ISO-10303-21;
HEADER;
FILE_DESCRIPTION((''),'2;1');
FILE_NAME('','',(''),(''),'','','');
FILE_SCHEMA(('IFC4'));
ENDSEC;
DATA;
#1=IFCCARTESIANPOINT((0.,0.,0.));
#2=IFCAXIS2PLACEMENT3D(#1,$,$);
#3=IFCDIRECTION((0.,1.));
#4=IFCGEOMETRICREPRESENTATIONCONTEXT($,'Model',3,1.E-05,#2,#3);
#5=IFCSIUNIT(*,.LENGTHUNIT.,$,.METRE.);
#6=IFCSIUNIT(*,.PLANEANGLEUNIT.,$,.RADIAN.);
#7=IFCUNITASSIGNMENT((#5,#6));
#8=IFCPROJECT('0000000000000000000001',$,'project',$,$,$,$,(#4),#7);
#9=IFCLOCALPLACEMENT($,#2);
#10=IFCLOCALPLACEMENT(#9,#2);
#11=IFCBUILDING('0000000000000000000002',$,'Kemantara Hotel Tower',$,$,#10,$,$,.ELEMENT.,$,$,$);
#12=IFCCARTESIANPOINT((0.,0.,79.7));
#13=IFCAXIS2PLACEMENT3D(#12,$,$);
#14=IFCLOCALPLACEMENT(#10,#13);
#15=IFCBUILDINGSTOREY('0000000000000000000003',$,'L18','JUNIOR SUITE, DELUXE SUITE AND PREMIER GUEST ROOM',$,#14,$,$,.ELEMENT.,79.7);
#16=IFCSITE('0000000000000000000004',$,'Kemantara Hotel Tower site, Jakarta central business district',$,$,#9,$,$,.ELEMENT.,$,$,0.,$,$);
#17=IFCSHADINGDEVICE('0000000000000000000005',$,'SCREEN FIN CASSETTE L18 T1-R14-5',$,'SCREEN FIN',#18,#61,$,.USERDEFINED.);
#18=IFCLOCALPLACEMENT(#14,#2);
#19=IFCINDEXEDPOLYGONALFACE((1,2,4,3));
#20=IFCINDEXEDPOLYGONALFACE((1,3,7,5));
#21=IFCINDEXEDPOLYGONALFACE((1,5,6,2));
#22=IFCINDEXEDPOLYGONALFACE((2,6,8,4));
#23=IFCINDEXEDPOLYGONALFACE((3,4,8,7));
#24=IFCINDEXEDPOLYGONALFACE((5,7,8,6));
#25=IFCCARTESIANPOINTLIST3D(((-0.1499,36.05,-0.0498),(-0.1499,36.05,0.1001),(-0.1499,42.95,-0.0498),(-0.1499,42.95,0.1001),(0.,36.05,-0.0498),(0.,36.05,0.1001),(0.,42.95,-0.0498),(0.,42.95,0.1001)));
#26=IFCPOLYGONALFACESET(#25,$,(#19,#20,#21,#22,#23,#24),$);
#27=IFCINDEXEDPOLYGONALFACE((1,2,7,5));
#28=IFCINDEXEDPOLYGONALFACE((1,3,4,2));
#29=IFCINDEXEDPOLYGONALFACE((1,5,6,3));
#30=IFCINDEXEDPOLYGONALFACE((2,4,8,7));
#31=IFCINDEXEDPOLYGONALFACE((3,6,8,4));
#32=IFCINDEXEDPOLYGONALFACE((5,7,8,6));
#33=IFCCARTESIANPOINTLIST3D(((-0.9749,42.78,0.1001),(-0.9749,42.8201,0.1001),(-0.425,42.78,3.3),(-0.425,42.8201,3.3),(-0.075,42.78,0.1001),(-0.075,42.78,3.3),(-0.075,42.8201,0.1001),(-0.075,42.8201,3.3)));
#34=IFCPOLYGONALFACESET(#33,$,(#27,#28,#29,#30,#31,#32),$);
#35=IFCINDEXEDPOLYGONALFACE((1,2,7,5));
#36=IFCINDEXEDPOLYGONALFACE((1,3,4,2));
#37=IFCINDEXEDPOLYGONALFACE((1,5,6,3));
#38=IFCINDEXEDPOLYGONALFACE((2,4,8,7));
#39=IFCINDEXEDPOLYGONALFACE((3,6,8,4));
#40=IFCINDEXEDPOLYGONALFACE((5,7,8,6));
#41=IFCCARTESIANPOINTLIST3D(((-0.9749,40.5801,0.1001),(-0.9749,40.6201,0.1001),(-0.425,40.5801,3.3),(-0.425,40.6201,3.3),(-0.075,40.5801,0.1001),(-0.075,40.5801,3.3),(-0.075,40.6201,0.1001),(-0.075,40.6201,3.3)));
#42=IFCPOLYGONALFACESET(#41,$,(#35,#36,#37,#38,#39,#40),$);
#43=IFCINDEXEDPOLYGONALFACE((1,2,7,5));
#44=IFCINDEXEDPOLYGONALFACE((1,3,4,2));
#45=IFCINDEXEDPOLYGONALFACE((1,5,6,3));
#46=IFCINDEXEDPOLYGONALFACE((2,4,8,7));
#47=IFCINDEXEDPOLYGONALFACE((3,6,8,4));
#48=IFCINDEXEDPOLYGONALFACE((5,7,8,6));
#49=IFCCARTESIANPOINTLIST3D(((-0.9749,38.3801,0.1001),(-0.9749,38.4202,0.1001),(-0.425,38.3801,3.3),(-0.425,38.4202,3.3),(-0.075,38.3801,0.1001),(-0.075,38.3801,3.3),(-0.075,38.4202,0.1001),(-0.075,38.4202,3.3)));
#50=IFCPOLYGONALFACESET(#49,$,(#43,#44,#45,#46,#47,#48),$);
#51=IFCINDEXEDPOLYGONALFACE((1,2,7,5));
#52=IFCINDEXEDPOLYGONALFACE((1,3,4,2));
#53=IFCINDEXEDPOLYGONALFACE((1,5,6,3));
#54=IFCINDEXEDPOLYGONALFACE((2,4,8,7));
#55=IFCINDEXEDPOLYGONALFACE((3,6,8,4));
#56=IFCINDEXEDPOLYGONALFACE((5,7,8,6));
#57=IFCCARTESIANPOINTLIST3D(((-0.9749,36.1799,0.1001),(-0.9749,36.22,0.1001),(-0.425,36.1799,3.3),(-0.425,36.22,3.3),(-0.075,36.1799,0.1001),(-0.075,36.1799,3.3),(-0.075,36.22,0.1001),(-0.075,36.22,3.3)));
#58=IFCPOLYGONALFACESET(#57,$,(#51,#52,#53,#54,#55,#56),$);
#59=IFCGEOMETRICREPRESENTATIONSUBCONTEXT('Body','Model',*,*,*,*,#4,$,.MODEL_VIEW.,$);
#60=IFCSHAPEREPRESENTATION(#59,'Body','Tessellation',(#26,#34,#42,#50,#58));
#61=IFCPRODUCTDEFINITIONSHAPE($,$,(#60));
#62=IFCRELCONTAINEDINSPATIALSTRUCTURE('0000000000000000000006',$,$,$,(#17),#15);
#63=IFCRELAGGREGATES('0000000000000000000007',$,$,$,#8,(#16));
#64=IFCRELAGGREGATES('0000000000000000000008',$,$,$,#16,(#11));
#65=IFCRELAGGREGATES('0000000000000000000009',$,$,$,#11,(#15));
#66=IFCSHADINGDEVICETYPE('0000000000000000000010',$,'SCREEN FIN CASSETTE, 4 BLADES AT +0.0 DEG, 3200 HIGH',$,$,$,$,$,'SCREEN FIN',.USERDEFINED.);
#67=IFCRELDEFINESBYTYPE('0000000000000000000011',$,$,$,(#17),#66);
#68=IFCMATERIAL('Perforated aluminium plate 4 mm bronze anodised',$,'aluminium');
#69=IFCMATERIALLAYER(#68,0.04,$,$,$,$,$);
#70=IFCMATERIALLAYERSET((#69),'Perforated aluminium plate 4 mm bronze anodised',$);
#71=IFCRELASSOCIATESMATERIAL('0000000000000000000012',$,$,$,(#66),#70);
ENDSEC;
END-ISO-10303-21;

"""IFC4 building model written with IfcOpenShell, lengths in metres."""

from ifc_helpers import new_model, si_unit, direction, frame, origin, origin_2d, place, context, subcontext, project, spatial, polyline, rectangle, outline, extrude, source, transform, mapped, material, layer, layer_set, type_object, element, save


model = new_model("IFC4")

# Units and contexts
model_context = context("Model", 3, precision=1e-05, world=origin(), true_north=direction((0.0, 1.0)))
body_context = subcontext(model_context, "Body", "Model", "MODEL_VIEW")
ifc_project = project(units=[si_unit("LENGTHUNIT", "METRE"), si_unit("PLANEANGLEUNIT", "RADIAN")], contexts=[model_context])

# Site, building, storey
site_placement = place(None, origin())
site = spatial("IfcSite", under=ifc_project, at=site_placement, Name="Kemantara Hotel Tower site, Jakarta central business district", CompositionType="ELEMENT", RefElevation=0.0)
building_placement = place(site_placement, origin())
building = spatial("IfcBuilding", under=site, at=building_placement, Name="Kemantara Hotel Tower", CompositionType="ELEMENT")
storey_placement = place(building_placement, frame((0.0, 0.0, 79.7)))
storey = spatial("IfcBuildingStorey", under=building, at=storey_placement, Name="L18", Description="JUNIOR SUITE, DELUXE SUITE AND PREMIER GUEST ROOM", CompositionType="ELEMENT", Elevation=79.7)

# Shading device
ifc_material_1 = material(Name="Perforated aluminium plate 4 mm bronze anodised", Category="aluminium")
ifc_layer_1 = layer(ifc_material_1, 0.04)
ifc_layer_set_1 = layer_set([ifc_layer_1], Name="Perforated aluminium plate 4 mm bronze anodised")
shading_device_type_1 = type_object("IfcShadingDeviceType", Name="SCREEN FIN CASSETTE, 4 BLADES AT +0.0 DEG, 3200 HIGH", ElementType="SCREEN FIN", PredefinedType="USERDEFINED", material=ifc_layer_set_1)
shared_shape_1 = source(origin(), body_context, "Body", "SweptSolid", [
    extrude(rectangle(XDim=6.8999, YDim=0.1499, at=origin_2d()), frame((3.3, -0.075, -0.1499), z_axis=(0.0, 0.0, 1.0), x_axis=(1.0, 0.0, 0.0)), (0.0, 0.0, 1.0), 0.1499),
    extrude(outline(polyline([(0.0, 0.0), (0.8999, 0.0), (0.3501, 3.2), (0.0, 3.2), (0.0, 0.0)])), frame((0.02, -0.075, 0.0), z_axis=(-1.0, 0.0, 0.0), x_axis=(0.0, -1.0, 0.0)), (0.0, 0.0, 1.0), 0.04),
    extrude(outline(polyline([(0.0, 0.0), (0.8999, 0.0), (0.3501, 3.2), (0.0, 3.2), (0.0, 0.0)])), frame((2.22, -0.075, 0.0), z_axis=(-1.0, 0.0, 0.0), x_axis=(0.0, -1.0, 0.0)), (0.0, 0.0, 1.0), 0.04),
    extrude(outline(polyline([(0.0, 0.0), (0.8999, 0.0), (0.3501, 3.2), (0.0, 3.2), (0.0, 0.0)])), frame((4.4199, -0.075, 0.0), z_axis=(-1.0, 0.0, 0.0), x_axis=(0.0, -1.0, 0.0)), (0.0, 0.0, 1.0), 0.04),
    extrude(outline(polyline([(0.0, 0.0), (0.8999, 0.0), (0.3501, 3.2), (0.0, 3.2), (0.0, 0.0)])), frame((6.6201, -0.075, 0.0), z_axis=(-1.0, 0.0, 0.0), x_axis=(0.0, -1.0, 0.0)), (0.0, 0.0, 1.0), 0.04),
])
shading_device_placement = place(storey_placement, frame((0.0, 42.8, 0.1001), z_axis=(0.0, 0.0, 1.0), x_axis=(0.0, -1.0, 0.0)))
element("IfcShadingDevice", 1, at=shading_device_placement, inside=storey, type_object=shading_device_type_1, Name="SCREEN FIN CASSETTE L18 T1-R14-5", ObjectType="SCREEN FIN", PredefinedType="USERDEFINED", context=body_context, shape_type="MappedRepresentation", body=[
    mapped(shared_shape_1, transform((0.0, 0.0, 0.0))),
])

save(model, "model.ifc")
